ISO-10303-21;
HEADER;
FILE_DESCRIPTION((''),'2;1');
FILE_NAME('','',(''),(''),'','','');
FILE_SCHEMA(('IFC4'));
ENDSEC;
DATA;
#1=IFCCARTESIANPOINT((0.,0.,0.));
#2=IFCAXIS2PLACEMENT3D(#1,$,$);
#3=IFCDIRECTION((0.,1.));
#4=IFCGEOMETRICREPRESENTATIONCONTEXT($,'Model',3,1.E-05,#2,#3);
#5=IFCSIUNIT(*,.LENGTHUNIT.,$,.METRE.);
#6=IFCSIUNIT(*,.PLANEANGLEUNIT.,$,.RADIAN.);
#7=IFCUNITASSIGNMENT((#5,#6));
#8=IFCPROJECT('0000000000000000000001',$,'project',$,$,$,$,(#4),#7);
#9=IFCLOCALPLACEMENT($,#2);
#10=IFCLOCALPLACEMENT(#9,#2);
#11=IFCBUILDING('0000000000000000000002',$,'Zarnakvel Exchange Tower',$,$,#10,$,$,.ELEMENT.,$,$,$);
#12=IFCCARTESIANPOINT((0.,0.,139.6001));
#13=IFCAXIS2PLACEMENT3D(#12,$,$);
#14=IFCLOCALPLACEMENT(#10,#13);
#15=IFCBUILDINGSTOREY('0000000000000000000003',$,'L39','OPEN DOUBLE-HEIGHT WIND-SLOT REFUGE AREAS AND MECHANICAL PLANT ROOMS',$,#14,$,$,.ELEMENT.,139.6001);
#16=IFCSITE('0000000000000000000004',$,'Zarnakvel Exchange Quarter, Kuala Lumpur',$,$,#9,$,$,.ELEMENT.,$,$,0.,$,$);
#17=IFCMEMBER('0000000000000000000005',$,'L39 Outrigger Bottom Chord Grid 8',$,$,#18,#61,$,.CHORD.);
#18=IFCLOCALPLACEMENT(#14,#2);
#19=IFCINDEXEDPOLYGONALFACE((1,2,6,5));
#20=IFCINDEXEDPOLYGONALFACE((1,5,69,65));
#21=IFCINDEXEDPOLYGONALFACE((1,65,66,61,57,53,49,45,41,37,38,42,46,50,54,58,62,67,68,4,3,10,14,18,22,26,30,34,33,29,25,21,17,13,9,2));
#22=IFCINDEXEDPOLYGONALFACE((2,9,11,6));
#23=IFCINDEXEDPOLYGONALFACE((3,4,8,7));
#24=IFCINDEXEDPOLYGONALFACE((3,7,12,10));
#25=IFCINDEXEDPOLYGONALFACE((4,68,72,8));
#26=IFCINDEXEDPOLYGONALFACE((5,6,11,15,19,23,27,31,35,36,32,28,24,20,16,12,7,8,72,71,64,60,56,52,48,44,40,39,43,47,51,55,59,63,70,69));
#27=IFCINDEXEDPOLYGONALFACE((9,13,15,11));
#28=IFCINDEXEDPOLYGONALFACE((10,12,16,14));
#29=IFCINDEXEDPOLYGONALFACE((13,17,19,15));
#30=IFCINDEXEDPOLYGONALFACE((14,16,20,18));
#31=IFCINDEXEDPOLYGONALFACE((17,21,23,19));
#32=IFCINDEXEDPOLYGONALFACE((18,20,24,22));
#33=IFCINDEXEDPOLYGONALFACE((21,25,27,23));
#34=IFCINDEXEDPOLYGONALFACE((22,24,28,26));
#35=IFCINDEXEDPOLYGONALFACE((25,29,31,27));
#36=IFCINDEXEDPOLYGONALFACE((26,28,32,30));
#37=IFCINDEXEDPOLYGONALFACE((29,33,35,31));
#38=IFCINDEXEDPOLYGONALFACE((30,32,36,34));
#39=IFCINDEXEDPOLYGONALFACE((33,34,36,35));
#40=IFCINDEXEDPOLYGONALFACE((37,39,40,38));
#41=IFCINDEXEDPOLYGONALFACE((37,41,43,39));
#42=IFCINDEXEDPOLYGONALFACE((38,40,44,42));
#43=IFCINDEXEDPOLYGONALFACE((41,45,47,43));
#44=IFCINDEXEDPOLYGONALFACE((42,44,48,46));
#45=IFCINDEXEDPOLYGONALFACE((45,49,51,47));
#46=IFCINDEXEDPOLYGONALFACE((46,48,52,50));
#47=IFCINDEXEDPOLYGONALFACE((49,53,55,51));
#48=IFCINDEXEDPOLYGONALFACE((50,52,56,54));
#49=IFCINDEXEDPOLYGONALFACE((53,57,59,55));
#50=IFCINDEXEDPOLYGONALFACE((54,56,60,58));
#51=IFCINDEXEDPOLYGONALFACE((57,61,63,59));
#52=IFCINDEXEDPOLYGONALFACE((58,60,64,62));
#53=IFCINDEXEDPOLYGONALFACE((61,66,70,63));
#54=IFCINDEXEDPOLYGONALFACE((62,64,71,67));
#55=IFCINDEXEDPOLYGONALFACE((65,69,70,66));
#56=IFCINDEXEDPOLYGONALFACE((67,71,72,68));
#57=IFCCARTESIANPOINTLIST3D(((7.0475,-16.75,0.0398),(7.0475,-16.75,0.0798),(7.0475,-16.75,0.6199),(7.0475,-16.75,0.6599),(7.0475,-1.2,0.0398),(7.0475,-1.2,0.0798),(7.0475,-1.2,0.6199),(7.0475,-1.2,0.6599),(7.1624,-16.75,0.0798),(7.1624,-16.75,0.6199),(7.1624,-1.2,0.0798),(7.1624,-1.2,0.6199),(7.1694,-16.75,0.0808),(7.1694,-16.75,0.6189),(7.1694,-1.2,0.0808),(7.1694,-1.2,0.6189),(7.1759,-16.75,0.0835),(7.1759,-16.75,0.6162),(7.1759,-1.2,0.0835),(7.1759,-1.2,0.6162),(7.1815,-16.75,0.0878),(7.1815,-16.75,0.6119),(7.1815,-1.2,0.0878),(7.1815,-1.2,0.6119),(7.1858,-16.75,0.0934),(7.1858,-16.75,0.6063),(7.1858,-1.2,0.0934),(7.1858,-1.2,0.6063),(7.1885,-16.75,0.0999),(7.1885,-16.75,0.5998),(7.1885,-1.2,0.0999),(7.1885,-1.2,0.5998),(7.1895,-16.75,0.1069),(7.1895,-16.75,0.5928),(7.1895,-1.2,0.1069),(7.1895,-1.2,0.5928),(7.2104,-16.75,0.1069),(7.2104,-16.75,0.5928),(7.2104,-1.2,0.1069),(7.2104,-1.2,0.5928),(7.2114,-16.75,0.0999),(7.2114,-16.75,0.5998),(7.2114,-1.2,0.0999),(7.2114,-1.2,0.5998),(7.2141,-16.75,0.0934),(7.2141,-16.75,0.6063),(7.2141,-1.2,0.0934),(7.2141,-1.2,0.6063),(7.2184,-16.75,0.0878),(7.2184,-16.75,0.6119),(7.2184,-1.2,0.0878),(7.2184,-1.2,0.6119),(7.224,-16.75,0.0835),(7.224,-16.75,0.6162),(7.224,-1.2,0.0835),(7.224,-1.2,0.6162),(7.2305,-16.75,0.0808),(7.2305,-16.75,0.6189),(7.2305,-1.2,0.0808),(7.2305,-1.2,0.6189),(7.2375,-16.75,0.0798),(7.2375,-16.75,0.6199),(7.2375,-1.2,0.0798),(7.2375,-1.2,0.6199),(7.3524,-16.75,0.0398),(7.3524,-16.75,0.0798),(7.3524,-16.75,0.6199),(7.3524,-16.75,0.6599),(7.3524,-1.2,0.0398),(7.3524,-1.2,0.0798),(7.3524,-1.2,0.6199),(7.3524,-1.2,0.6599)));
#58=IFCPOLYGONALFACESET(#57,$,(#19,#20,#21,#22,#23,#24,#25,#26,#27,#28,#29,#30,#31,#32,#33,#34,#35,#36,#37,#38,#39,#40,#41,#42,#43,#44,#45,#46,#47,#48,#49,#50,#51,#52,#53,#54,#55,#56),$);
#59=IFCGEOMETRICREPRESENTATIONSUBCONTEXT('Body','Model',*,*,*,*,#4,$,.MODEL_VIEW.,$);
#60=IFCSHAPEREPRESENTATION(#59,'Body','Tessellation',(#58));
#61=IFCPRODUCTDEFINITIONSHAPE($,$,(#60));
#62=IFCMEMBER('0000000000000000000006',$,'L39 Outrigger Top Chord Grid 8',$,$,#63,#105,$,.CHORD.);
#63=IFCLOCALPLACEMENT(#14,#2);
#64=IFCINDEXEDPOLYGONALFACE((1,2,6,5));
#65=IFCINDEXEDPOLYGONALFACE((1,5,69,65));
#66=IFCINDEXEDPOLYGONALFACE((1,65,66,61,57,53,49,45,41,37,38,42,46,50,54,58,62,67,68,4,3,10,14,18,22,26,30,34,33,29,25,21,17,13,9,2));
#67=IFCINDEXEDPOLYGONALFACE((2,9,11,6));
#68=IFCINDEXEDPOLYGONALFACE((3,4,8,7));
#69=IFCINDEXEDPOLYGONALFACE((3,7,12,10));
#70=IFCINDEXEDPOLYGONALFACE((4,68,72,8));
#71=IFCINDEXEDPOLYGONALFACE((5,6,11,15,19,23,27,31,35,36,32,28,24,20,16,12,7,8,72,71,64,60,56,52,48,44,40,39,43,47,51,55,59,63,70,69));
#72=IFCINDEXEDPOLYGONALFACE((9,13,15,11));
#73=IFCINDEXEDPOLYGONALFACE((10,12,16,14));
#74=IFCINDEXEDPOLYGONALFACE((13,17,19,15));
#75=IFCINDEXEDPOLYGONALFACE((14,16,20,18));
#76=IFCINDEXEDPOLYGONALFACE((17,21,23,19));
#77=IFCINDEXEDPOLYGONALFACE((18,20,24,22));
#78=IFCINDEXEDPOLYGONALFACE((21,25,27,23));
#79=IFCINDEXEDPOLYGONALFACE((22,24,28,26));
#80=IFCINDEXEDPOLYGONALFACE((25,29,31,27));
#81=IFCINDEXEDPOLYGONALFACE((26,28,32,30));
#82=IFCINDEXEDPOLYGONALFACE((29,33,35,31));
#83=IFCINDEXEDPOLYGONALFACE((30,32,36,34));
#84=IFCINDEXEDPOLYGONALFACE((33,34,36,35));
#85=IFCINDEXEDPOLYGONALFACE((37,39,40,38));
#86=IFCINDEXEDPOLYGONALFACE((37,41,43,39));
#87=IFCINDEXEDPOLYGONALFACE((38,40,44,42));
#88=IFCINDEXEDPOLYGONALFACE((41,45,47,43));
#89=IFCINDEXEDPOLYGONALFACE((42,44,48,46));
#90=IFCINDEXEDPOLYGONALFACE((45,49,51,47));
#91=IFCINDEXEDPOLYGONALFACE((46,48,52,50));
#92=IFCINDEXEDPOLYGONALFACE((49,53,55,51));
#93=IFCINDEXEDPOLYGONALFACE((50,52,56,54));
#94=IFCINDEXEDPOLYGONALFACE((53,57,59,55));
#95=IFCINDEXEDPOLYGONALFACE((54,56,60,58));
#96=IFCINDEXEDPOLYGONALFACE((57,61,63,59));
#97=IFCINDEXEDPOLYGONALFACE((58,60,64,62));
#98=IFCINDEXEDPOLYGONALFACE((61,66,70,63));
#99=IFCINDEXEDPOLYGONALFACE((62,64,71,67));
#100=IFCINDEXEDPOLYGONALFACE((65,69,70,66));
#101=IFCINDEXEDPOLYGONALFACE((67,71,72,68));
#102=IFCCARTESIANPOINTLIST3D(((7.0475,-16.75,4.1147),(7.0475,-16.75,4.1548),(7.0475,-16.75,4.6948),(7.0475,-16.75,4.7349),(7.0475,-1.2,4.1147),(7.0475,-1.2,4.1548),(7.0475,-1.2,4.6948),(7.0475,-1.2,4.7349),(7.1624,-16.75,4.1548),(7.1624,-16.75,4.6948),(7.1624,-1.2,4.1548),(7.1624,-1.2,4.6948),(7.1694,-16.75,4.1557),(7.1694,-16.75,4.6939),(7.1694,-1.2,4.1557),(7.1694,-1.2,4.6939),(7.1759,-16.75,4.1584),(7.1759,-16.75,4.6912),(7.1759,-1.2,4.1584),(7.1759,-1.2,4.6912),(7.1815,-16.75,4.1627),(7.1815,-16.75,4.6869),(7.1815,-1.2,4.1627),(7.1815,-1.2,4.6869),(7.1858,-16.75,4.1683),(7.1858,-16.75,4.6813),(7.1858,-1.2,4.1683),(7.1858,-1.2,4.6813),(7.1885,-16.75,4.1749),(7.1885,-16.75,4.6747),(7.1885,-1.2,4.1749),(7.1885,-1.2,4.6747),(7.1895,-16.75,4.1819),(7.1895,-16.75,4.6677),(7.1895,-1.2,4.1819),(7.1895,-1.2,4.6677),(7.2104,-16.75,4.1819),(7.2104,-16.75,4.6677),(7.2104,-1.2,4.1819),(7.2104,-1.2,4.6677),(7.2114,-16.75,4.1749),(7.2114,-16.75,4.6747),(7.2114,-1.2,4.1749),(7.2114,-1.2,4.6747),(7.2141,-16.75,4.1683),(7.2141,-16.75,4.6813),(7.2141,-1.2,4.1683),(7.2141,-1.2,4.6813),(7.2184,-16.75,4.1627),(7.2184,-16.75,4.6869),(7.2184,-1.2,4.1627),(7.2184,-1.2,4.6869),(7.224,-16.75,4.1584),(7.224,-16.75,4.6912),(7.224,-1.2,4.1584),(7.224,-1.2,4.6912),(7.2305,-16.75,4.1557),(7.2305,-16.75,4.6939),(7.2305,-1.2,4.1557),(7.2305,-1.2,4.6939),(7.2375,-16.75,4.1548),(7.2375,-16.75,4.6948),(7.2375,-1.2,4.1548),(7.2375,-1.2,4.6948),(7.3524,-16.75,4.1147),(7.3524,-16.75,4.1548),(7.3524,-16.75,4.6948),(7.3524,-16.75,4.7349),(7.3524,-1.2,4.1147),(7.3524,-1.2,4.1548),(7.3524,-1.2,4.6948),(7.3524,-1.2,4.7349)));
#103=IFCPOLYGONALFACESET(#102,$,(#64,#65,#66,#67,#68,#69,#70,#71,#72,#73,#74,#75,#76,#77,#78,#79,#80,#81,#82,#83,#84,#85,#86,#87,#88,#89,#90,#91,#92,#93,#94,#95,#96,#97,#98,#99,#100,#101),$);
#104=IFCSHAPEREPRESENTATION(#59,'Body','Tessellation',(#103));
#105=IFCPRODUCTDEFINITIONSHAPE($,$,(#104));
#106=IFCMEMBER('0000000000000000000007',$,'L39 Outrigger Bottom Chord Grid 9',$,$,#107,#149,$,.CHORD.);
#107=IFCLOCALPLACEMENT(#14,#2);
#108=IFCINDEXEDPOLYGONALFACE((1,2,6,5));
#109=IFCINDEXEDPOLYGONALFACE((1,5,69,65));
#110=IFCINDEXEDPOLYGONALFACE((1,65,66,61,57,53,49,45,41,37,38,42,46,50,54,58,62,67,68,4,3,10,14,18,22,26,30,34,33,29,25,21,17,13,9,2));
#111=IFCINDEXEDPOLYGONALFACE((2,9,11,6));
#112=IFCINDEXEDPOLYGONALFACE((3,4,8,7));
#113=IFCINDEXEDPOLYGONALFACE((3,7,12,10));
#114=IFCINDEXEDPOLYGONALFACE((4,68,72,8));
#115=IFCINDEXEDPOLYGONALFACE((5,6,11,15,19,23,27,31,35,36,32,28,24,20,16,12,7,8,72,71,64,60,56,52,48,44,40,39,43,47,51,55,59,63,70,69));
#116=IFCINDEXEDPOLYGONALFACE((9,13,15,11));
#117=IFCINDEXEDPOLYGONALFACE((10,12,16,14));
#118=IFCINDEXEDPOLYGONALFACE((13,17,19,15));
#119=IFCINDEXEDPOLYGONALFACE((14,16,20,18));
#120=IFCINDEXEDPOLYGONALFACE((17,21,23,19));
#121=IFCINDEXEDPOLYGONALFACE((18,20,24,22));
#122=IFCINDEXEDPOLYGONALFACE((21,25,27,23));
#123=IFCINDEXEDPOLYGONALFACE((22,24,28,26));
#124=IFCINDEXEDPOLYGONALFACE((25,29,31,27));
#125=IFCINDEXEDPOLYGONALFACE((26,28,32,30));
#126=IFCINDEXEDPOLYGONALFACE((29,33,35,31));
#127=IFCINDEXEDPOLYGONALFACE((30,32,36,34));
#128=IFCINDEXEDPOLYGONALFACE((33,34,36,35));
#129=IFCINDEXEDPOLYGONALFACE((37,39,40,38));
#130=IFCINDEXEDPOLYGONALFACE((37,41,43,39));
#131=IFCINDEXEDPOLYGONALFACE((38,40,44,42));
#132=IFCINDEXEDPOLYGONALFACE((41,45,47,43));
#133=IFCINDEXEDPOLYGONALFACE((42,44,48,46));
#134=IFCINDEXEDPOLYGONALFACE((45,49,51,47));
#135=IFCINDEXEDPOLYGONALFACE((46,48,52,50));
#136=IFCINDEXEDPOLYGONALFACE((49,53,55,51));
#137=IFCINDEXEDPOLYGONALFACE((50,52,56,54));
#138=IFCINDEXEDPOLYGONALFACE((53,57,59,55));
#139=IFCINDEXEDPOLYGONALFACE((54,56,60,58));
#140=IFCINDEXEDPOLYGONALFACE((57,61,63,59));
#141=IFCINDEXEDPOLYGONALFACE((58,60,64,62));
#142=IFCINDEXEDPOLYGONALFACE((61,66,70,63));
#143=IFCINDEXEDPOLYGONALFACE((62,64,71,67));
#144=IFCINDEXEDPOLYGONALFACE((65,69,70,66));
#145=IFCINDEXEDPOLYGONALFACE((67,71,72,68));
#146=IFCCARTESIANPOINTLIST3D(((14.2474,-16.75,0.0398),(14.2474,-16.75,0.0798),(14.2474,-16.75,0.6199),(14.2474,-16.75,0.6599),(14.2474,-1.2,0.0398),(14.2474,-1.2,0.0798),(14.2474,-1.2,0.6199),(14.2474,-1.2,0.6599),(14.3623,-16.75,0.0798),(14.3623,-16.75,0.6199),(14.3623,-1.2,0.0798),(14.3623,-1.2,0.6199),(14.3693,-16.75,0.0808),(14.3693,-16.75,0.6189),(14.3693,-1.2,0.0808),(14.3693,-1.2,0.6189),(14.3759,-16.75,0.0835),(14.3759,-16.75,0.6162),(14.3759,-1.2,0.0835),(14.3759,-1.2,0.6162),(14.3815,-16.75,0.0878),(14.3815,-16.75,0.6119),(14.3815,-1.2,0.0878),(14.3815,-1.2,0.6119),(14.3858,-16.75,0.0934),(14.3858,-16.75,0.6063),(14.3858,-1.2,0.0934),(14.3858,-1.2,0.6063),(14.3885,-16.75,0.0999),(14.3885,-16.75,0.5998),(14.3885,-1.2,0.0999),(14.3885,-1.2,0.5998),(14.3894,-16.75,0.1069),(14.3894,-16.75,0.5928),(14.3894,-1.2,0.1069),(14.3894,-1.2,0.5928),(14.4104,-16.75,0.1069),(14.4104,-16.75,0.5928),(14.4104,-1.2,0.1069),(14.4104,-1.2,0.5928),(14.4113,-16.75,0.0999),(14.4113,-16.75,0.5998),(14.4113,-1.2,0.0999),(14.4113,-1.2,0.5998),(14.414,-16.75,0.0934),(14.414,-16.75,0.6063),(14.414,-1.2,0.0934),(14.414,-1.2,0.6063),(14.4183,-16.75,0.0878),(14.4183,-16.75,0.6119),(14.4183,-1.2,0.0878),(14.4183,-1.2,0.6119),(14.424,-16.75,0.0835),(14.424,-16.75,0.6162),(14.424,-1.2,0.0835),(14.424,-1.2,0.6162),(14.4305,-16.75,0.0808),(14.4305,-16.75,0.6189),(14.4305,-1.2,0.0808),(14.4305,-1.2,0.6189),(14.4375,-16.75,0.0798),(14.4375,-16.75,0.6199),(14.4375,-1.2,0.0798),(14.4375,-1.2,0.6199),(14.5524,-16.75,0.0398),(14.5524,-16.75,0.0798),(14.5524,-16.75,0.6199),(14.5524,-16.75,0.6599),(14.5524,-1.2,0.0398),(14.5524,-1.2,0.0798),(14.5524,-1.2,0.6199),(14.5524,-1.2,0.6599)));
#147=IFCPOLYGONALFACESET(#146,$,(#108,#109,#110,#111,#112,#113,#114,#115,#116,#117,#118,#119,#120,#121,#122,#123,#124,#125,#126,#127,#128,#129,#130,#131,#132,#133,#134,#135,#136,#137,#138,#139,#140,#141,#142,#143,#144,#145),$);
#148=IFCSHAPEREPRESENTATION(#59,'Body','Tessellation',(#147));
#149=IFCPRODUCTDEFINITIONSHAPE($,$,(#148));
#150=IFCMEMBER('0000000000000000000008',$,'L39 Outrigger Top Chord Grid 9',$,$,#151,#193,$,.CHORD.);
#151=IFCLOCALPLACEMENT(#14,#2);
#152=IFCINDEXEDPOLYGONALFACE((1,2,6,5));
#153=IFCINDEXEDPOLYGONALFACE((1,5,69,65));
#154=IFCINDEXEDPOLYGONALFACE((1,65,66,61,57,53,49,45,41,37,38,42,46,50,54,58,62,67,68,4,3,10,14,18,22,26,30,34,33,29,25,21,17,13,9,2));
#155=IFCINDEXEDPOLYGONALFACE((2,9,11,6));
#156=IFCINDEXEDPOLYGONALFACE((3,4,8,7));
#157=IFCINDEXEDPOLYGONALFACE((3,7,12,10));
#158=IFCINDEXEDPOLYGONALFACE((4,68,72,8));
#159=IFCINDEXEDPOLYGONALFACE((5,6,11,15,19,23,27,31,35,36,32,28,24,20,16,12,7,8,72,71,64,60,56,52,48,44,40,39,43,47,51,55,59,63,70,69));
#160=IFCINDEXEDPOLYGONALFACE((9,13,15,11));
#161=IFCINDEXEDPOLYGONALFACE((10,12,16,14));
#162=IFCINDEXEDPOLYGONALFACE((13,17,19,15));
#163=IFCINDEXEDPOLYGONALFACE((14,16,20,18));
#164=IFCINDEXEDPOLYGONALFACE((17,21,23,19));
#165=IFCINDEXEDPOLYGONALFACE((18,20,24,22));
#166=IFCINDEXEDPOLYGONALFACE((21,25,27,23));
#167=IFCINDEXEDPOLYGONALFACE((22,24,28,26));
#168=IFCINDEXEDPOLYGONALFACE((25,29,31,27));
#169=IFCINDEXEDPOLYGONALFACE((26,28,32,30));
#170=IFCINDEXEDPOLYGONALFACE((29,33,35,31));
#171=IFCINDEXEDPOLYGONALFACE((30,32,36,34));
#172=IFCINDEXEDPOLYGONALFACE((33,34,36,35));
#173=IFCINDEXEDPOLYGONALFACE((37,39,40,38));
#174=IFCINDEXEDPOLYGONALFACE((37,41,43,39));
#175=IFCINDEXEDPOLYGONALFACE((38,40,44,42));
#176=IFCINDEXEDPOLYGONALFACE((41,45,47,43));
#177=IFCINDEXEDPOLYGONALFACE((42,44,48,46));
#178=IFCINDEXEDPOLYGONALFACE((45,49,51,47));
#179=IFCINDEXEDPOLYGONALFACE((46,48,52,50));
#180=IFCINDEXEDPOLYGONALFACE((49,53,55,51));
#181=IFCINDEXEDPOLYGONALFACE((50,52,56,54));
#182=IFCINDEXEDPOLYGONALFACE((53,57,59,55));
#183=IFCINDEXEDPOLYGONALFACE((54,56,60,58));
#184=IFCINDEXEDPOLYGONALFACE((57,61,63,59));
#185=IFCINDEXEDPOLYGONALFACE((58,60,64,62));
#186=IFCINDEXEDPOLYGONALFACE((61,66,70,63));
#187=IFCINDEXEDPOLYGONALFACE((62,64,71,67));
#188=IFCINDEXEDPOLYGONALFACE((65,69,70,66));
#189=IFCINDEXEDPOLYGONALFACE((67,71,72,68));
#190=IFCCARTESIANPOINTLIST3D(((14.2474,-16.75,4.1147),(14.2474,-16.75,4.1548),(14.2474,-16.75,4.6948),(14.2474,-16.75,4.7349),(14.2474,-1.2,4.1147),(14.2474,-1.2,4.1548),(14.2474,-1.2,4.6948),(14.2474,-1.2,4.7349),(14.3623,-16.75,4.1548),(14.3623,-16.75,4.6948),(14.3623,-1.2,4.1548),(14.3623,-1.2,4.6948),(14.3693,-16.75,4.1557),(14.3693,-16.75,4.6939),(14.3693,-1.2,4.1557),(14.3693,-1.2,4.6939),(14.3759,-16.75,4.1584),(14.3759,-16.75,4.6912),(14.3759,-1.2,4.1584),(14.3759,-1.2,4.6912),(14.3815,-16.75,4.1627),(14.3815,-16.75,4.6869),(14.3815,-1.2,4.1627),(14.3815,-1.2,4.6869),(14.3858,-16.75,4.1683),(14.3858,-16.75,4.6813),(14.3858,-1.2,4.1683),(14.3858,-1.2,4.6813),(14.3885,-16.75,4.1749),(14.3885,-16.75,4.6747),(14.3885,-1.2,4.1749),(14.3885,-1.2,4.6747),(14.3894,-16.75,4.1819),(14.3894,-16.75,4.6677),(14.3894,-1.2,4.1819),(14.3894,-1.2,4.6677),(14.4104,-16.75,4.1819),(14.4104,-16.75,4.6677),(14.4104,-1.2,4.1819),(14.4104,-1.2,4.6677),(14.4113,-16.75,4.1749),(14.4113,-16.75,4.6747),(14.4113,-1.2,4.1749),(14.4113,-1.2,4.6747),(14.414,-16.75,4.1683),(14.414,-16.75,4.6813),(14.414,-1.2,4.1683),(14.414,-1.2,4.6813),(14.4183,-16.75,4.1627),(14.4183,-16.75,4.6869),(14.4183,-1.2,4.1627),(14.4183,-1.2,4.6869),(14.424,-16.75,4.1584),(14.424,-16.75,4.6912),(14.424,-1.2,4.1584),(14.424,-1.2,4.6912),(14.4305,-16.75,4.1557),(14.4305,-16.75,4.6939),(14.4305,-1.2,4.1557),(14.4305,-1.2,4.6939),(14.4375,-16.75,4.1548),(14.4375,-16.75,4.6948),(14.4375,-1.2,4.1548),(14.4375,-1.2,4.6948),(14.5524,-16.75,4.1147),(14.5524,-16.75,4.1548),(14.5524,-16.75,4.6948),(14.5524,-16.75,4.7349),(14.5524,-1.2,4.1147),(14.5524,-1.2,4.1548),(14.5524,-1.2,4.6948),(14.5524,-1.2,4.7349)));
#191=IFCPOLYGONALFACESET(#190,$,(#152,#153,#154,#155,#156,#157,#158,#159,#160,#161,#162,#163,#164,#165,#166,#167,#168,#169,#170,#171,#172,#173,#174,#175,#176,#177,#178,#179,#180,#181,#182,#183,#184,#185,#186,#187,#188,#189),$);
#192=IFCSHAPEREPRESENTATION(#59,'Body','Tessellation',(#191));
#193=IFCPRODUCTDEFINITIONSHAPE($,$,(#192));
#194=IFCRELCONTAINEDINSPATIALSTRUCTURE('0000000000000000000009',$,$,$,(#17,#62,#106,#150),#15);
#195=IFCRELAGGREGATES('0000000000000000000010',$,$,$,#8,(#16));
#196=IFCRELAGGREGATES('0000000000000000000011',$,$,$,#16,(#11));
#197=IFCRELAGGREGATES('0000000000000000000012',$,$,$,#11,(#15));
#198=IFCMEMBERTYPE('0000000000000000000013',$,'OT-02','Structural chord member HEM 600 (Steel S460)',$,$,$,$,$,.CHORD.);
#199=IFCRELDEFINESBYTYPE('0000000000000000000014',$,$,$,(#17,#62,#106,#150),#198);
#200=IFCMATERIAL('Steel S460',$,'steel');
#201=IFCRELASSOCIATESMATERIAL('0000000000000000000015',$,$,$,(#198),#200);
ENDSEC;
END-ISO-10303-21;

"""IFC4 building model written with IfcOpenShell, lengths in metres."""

from ifc_helpers import new_model, si_unit, direction, frame, origin, origin_2d, place, context, subcontext, project, spatial, i_section, extrude, source, transform, mapped, material, material_profile, profile_set, type_object, element, save


model = new_model("IFC4")

# Units and contexts
model_context = context("Model", 3, precision=1e-05, world=origin(), true_north=direction((0.0, 1.0)))
body_context = subcontext(model_context, "Body", "Model", "MODEL_VIEW")
ifc_project = project(units=[si_unit("LENGTHUNIT", "METRE"), si_unit("PLANEANGLEUNIT", "RADIAN")], contexts=[model_context])

# Site, building, storey
site_placement = place(None, origin())
site = spatial("IfcSite", under=ifc_project, at=site_placement, Name="Zarnakvel Exchange Quarter, Kuala Lumpur", CompositionType="ELEMENT", RefElevation=0.0)
building_placement = place(site_placement, origin())
building = spatial("IfcBuilding", under=site, at=building_placement, Name="Zarnakvel Exchange Tower", CompositionType="ELEMENT")
storey_placement = place(building_placement, frame((0.0, 0.0, 139.6001)))
storey = spatial("IfcBuildingStorey", under=building, at=storey_placement, Name="L39", Description="OPEN DOUBLE-HEIGHT WIND-SLOT REFUGE AREAS AND MECHANICAL PLANT ROOMS", CompositionType="ELEMENT", Elevation=139.6001)

# Shared definitions
ifc_material_1 = material(Name="Steel S460", Category="steel")

# Members
ifc_material_profile_1 = material_profile(ifc_material_1, i_section(OverallWidth=0.3049, OverallDepth=0.6201, WebThickness=0.021, FlangeThickness=0.04, FilletRadius=0.0271, at=origin_2d()))
ifc_profile_set_1 = profile_set([ifc_material_profile_1], Name="Steel S460")
member_type_1 = type_object("IfcMemberType", Name="OT-02", Description="Structural chord member HEM 600 (Steel S460)", PredefinedType="CHORD", material=ifc_profile_set_1)
shared_shape_1 = source(origin(), body_context, "Body", "SweptSolid", [
    extrude(i_section(OverallWidth=0.3049, OverallDepth=0.6201, WebThickness=0.021, FlangeThickness=0.04, FilletRadius=0.0271, at=origin_2d()), origin(), (0.0, 0.0, 1.0), 15.55),
])
for number, where, z_axis, x_axis, name in (
    (1, (7.2, -16.75, 0.3499), (0.0, 1.0, 0.0), (-1.0, 0.0, 0.0), "L39 Outrigger Bottom Chord Grid 8"),
    (2, (7.2, -16.75, 4.4248), (0.0, 1.0, 0.0), (-1.0, 0.0, 0.0), "L39 Outrigger Top Chord Grid 8"),
    (3, (14.3999, -16.75, 0.3499), (0.0, 1.0, 0.0), (-1.0, 0.0, 0.0), "L39 Outrigger Bottom Chord Grid 9"),
    (4, (14.3999, -16.75, 4.4248), (0.0, 1.0, 0.0), (-1.0, 0.0, 0.0), "L39 Outrigger Top Chord Grid 9"),
):
    element("IfcMember", number, at=place(storey_placement, frame(where, z_axis=z_axis, x_axis=x_axis)), inside=storey, type_object=member_type_1, Name=name, PredefinedType="CHORD", context=body_context, shape_type="MappedRepresentation", body=[
        mapped(shared_shape_1, transform((0.0, 0.0, 0.0), x_axis=(1.0, 0.0, 0.0), y_axis=(0.0, 1.0, 0.0), z_axis=(0.0, 0.0, 1.0), scale=1.0)),
    ])

save(model, "model.ifc")
